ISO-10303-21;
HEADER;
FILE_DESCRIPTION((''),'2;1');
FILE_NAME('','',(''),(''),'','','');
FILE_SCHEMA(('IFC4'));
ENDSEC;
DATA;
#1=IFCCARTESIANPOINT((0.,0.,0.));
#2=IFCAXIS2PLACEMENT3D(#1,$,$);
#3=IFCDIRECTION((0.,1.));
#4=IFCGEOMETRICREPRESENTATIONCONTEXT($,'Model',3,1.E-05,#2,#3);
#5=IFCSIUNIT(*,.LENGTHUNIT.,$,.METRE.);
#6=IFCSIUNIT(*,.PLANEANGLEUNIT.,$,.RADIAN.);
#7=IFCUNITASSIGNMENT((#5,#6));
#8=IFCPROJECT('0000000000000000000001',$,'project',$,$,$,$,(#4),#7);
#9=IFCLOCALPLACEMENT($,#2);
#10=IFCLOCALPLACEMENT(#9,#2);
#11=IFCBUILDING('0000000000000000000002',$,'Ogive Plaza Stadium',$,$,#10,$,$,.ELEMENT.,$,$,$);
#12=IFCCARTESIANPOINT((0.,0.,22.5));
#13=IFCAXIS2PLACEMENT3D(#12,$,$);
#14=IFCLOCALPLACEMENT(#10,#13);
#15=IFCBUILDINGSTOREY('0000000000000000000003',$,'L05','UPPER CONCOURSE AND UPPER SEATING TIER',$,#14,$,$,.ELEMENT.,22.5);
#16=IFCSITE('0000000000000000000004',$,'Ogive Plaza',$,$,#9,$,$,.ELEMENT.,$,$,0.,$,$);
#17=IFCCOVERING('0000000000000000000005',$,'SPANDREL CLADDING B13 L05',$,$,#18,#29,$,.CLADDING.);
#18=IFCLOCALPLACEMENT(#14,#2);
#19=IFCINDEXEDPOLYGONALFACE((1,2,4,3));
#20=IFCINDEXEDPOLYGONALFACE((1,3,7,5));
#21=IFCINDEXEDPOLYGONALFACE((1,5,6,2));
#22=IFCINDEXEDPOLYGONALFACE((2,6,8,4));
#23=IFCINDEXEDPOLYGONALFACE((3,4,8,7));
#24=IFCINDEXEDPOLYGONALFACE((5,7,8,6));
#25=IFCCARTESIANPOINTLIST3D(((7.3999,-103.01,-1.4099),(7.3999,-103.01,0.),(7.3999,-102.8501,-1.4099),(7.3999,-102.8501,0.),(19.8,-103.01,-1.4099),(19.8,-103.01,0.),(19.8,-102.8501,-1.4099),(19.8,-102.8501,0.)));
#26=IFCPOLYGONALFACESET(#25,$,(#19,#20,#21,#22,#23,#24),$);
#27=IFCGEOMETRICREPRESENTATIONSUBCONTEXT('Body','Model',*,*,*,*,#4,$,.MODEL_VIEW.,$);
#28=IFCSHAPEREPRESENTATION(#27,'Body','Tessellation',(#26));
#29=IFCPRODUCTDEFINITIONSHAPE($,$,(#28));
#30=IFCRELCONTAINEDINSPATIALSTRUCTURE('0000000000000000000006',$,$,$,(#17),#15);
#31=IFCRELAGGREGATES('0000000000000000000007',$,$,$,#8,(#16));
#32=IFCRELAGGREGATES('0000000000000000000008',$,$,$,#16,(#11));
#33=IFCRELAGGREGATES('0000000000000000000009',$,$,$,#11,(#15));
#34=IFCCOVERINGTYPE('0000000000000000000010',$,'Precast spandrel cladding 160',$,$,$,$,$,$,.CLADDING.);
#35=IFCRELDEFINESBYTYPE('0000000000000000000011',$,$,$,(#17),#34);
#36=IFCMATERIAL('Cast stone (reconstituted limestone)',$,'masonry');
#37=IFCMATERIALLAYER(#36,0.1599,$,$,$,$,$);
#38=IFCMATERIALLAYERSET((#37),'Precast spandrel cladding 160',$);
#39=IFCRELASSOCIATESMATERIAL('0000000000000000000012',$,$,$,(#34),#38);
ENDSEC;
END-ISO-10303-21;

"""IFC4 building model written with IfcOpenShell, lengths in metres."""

from ifc_helpers import new_model, si_unit, direction, frame, origin, place, context, subcontext, project, spatial, polyline, outline, extrude, material, layer, layer_set, type_object, element, save


model = new_model("IFC4")

# Units and contexts
model_context = context("Model", 3, precision=1e-05, world=origin(), true_north=direction((0.0, 1.0)))
body_context = subcontext(model_context, "Body", "Model", "MODEL_VIEW")
ifc_project = project(units=[si_unit("LENGTHUNIT", "METRE"), si_unit("PLANEANGLEUNIT", "RADIAN")], contexts=[model_context])

# Site, building, storey
site_placement = place(None, origin())
site = spatial("IfcSite", under=ifc_project, at=site_placement, Name="Ogive Plaza", CompositionType="ELEMENT", RefElevation=0.0)
building_placement = place(site_placement, origin())
building = spatial("IfcBuilding", under=site, at=building_placement, Name="Ogive Plaza Stadium", CompositionType="ELEMENT")
storey_placement = place(building_placement, frame((0.0, 0.0, 22.5)))
storey = spatial("IfcBuildingStorey", under=building, at=storey_placement, Name="L05", Description="UPPER CONCOURSE AND UPPER SEATING TIER", CompositionType="ELEMENT", Elevation=22.5)

# Covering
ifc_material_1 = material(Name="Cast stone (reconstituted limestone)", Category="masonry")
ifc_layer_1 = layer(ifc_material_1, 0.1599)
ifc_layer_set_1 = layer_set([ifc_layer_1], Name="Precast spandrel cladding 160")
covering_type = type_object("IfcCoveringType", Name="Precast spandrel cladding 160", PredefinedType="CLADDING", material=ifc_layer_set_1)
covering_1_placement = place(storey_placement, frame((0.0, 0.0, -1.4099)))
element("IfcCovering", 1, at=covering_1_placement, inside=storey, type_object=covering_type, Name="SPANDREL CLADDING B13 L05", PredefinedType="CLADDING", context=body_context, shape_type="SweptSolid", body=[
    extrude(outline(polyline([(19.8, -102.8501), (7.3999, -102.8501), (7.3999, -103.01), (19.8, -103.01), (19.8, -102.8501)])), origin(), (0.0, 0.0, 1.0), 1.4099),
])

save(model, "model.ifc")
